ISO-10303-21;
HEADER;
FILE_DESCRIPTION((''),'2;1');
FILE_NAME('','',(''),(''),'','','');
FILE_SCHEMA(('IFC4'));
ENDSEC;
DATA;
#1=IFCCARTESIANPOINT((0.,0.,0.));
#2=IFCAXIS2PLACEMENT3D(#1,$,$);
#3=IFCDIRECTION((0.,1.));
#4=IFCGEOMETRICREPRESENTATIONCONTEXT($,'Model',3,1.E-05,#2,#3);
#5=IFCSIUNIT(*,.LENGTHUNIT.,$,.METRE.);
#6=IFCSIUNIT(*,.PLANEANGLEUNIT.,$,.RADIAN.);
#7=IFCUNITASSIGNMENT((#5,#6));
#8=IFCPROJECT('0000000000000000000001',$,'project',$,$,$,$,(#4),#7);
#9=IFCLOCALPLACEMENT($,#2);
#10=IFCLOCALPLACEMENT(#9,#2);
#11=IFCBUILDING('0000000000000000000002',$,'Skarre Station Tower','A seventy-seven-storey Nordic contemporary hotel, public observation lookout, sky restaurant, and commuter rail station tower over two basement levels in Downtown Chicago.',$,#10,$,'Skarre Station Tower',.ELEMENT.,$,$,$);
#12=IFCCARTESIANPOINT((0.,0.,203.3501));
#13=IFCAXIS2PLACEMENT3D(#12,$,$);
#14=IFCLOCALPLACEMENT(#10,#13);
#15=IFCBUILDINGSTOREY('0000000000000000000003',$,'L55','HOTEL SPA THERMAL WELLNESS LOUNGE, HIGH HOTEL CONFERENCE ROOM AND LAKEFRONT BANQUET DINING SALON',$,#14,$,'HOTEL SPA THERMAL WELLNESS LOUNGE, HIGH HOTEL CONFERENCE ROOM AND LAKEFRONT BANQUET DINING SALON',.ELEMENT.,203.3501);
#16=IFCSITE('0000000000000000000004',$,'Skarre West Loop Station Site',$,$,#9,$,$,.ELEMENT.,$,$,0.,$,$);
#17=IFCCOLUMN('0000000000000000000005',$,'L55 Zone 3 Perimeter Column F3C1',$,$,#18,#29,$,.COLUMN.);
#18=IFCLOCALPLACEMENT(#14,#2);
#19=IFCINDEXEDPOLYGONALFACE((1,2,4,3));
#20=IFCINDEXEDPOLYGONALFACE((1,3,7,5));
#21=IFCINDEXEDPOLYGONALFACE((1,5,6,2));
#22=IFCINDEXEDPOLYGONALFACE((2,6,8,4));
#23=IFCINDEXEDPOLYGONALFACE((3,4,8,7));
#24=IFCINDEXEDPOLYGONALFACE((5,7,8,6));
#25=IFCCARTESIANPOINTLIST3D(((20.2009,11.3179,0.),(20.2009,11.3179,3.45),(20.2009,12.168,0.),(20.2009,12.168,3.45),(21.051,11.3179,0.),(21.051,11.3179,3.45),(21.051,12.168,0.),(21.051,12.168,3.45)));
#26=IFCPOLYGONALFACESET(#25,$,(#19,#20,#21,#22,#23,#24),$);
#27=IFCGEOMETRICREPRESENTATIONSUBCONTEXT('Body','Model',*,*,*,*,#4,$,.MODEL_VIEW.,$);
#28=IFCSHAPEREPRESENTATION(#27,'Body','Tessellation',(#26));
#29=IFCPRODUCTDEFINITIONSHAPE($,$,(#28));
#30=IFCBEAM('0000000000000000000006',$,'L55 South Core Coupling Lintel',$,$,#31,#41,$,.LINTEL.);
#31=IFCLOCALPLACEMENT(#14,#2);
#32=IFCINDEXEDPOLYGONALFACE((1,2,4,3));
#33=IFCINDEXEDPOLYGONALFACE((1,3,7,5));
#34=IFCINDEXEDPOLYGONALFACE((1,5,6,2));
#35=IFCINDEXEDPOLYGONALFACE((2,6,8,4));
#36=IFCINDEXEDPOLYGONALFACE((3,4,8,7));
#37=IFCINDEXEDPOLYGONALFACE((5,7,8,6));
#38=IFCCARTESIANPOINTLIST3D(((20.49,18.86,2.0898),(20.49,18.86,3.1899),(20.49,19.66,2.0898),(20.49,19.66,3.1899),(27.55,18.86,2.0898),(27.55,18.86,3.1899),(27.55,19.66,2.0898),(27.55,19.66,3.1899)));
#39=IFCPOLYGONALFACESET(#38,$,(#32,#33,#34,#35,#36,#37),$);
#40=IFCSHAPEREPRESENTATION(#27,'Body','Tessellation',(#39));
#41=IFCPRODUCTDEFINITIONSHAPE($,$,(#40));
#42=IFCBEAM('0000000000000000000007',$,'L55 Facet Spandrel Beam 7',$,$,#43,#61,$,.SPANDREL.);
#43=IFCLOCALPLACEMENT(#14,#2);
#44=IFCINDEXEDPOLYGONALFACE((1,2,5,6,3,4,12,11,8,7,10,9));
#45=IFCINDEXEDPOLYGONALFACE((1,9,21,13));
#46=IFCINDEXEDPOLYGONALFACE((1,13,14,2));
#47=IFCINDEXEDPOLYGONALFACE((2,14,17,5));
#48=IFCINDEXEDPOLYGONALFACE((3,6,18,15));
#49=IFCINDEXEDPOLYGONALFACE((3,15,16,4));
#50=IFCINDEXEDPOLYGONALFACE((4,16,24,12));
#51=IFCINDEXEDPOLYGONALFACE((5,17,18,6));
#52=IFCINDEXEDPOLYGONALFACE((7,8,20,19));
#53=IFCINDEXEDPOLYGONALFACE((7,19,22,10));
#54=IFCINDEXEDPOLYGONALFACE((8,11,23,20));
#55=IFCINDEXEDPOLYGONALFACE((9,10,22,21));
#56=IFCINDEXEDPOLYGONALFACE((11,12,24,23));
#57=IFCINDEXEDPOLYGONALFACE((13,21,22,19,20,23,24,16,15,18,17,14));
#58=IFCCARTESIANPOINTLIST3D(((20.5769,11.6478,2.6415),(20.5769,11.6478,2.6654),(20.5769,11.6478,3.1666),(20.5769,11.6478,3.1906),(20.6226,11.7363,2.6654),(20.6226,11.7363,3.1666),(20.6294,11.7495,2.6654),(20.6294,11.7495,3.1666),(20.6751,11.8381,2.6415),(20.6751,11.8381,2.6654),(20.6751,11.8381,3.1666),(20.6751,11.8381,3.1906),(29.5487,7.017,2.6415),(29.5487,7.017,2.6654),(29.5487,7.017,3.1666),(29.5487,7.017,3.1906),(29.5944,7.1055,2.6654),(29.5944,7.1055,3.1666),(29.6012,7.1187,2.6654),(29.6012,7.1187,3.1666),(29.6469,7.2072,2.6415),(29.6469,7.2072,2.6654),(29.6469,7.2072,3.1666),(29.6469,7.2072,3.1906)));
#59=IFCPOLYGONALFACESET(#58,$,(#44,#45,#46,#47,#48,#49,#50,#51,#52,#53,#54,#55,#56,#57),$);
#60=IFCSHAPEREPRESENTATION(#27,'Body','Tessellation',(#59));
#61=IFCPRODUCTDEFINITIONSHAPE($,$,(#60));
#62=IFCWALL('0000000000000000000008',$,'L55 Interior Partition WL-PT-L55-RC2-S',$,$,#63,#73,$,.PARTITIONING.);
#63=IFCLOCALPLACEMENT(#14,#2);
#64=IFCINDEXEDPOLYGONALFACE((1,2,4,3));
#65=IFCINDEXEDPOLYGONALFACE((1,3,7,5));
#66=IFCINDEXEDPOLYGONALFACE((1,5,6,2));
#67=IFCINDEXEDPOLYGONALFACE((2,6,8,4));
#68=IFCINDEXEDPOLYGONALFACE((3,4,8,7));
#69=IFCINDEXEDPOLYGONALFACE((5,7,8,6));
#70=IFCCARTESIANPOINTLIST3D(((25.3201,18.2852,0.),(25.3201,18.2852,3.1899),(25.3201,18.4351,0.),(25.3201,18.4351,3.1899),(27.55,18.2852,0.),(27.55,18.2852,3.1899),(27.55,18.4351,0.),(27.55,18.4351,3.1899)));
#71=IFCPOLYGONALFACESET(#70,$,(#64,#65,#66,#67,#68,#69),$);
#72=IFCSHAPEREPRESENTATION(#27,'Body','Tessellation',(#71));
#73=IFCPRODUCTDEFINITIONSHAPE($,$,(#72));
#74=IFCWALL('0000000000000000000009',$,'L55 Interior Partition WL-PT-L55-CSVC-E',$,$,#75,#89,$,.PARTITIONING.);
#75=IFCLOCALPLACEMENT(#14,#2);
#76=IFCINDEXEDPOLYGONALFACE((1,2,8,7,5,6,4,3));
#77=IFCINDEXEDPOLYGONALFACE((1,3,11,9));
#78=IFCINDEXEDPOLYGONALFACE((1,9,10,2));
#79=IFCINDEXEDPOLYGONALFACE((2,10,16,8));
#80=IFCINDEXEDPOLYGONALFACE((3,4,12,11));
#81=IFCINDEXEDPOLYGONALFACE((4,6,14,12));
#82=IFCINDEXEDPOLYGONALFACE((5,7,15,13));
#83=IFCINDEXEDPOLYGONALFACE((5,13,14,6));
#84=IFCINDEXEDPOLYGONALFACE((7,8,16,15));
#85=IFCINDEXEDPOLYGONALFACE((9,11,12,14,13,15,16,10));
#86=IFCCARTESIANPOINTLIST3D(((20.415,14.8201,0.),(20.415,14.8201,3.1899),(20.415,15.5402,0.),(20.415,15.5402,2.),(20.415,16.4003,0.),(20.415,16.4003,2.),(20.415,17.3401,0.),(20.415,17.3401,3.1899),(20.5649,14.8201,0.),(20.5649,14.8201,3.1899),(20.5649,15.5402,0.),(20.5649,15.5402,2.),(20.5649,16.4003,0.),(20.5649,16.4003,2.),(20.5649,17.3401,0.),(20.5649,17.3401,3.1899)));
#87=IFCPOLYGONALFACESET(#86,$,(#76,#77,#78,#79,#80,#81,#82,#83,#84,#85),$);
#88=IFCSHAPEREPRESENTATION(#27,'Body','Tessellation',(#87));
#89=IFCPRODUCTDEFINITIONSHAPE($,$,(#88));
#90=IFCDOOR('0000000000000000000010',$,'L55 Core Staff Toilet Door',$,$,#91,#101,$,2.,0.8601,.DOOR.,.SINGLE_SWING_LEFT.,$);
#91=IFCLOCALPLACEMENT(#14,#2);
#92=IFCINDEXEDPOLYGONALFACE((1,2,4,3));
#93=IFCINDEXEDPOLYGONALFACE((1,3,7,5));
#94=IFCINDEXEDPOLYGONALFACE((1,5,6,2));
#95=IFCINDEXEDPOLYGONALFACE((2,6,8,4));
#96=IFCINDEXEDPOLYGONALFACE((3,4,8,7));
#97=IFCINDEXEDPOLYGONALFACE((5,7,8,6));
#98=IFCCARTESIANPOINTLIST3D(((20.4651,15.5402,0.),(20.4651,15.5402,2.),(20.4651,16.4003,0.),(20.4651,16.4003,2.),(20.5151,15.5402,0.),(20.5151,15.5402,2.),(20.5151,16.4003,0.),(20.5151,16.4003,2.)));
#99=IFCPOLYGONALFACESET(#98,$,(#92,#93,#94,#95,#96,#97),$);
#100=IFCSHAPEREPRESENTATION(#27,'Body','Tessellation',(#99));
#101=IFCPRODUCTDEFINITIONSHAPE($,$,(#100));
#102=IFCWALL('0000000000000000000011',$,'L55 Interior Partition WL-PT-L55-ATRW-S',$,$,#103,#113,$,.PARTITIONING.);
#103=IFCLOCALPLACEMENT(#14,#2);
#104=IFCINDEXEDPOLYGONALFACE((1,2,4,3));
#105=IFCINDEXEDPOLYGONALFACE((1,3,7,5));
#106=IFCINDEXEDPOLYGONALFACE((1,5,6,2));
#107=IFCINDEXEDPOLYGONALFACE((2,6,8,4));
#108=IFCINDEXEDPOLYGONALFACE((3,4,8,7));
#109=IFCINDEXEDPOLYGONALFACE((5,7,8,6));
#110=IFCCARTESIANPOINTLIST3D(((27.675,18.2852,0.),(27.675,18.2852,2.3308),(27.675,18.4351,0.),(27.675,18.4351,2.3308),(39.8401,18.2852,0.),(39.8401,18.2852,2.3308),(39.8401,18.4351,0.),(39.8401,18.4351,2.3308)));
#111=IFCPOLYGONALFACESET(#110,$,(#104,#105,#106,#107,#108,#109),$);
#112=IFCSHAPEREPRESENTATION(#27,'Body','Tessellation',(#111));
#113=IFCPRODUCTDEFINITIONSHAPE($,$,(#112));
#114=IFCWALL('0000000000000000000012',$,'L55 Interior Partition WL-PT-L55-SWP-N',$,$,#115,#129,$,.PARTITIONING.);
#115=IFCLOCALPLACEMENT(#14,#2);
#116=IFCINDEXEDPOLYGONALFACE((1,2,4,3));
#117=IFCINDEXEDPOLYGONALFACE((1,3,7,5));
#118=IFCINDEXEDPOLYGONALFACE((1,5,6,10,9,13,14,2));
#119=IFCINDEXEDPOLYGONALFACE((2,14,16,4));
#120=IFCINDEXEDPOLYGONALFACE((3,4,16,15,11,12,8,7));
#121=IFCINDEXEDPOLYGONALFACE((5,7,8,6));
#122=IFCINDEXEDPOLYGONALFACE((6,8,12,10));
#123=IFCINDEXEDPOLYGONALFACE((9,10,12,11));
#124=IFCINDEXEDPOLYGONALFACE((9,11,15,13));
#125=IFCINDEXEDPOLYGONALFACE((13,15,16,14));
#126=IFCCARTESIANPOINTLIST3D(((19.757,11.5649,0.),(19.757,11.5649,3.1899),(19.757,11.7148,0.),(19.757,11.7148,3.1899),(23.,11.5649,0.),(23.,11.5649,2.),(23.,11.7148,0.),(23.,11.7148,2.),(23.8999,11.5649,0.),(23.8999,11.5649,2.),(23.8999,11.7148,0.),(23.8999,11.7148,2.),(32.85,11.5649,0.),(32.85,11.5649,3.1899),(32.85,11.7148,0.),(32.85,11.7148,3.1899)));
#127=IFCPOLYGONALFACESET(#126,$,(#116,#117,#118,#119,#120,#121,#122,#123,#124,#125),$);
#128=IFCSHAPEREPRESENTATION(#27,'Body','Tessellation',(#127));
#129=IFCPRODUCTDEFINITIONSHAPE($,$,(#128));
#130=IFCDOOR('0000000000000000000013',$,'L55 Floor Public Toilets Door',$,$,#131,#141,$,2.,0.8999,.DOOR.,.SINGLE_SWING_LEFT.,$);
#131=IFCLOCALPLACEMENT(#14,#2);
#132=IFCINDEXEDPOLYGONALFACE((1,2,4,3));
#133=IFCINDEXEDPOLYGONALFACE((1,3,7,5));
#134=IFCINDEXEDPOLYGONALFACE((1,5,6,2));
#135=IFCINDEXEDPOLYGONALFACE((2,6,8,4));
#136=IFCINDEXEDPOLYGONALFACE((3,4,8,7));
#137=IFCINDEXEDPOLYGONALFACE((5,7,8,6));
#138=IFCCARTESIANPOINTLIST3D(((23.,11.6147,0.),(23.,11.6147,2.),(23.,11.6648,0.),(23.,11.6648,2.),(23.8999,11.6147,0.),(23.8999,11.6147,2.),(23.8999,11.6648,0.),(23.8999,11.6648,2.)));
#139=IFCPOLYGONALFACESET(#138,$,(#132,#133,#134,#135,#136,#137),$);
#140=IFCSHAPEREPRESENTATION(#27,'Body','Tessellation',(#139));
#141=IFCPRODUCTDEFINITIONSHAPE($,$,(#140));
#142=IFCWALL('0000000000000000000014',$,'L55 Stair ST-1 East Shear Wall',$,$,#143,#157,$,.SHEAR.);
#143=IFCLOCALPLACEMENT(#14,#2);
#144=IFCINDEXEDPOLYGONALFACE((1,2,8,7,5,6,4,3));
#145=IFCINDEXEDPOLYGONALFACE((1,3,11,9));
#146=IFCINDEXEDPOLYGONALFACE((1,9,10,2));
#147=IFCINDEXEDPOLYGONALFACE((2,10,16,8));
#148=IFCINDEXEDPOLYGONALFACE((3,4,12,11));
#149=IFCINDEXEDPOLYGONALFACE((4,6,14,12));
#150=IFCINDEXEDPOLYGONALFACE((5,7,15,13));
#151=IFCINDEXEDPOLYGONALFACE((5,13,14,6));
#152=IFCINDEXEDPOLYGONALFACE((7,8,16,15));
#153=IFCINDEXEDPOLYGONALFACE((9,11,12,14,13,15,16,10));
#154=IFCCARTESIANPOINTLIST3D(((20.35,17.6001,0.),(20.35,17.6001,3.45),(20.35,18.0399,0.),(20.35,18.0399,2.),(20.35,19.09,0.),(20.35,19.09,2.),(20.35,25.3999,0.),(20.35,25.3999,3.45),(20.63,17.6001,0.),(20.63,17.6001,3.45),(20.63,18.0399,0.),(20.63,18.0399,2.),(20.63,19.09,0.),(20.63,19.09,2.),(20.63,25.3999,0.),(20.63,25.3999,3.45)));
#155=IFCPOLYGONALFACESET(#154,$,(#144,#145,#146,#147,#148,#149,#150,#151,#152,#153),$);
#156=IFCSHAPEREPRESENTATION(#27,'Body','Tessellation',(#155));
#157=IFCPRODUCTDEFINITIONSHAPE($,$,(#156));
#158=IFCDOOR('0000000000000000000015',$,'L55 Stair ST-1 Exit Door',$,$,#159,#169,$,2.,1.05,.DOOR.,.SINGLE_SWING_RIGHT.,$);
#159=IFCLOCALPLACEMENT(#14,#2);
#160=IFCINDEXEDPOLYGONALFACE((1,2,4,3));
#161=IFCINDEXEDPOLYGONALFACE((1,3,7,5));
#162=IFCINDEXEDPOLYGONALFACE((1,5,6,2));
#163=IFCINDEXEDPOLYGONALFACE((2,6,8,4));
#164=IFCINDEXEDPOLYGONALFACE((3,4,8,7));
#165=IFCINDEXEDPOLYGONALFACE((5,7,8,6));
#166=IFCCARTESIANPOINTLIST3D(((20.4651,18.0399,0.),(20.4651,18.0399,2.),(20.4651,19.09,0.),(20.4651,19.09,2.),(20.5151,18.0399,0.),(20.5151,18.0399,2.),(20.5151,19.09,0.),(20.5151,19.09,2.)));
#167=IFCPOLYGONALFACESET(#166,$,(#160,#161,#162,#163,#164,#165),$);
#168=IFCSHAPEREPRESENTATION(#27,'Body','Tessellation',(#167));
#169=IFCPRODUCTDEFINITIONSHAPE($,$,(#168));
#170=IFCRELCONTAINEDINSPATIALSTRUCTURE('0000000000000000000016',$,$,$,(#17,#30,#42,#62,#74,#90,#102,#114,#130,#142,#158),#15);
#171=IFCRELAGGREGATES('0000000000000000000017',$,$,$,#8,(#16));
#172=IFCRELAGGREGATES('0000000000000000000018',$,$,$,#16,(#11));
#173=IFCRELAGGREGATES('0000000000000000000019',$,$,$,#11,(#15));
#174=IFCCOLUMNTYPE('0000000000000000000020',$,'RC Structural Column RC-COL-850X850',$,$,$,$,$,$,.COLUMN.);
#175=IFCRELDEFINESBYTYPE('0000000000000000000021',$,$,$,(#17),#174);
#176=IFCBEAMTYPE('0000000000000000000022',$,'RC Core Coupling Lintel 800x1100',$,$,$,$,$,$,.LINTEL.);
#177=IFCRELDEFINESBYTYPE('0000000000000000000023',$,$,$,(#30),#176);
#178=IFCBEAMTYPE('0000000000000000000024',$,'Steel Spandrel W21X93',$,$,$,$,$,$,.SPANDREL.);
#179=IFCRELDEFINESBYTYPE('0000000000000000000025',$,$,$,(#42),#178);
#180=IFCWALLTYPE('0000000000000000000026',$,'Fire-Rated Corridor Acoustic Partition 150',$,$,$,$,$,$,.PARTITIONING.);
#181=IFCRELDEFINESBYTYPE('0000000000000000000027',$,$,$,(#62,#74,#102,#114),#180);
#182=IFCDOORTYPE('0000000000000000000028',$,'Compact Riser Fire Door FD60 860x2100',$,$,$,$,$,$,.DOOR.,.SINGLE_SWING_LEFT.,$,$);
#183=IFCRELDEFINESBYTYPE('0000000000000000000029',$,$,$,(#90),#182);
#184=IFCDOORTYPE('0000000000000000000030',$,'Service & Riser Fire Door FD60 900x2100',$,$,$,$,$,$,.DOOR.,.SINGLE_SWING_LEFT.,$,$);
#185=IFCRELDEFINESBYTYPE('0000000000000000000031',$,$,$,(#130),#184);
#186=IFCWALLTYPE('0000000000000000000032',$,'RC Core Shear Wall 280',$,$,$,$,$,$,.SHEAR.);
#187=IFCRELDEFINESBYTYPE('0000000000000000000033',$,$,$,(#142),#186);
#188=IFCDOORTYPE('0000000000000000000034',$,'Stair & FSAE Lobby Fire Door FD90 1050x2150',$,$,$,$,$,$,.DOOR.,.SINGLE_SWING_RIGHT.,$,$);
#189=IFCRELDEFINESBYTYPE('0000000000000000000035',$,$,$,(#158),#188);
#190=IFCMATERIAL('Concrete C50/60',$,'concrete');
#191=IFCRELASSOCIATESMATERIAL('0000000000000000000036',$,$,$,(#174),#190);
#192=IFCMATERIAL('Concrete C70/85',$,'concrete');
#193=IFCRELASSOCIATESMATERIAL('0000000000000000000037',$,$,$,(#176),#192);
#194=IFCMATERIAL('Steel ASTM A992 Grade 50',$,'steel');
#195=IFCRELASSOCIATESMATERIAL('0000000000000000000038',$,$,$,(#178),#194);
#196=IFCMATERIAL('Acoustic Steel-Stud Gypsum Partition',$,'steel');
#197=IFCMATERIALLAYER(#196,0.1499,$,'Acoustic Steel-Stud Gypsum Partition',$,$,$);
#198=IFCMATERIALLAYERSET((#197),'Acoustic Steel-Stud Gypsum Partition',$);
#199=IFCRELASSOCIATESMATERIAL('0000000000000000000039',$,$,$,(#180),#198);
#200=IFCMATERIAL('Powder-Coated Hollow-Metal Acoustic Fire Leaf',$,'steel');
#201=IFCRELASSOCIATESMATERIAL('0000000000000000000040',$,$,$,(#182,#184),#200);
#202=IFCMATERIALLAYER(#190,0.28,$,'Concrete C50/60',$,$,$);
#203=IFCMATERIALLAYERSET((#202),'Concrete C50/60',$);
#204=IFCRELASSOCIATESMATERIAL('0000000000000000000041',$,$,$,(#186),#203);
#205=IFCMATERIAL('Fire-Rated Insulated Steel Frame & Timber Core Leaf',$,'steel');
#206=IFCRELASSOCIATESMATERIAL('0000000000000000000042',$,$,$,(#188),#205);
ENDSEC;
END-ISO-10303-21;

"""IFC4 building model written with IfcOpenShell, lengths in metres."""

from ifc_helpers import new_model, si_unit, direction, frame, frame_2d, origin, origin_2d, place, context, subcontext, project, spatial, rectangle, i_section, extrude, material, layer, layer_set, material_profile, profile_set, type_object, element, fill, save


model = new_model("IFC4")

# Units and contexts
model_context = context("Model", 3, precision=1e-05, world=origin(), true_north=direction((0.0, 1.0)))
body_context = subcontext(model_context, "Body", "Model", "MODEL_VIEW")
ifc_project = project(units=[si_unit("LENGTHUNIT", "METRE"), si_unit("PLANEANGLEUNIT", "RADIAN")], contexts=[model_context])

# Site, building, storey
site_placement = place(None, origin())
site = spatial("IfcSite", under=ifc_project, at=site_placement, Name="Skarre West Loop Station Site", CompositionType="ELEMENT", RefElevation=0.0)
building_placement = place(site_placement, origin())
building = spatial("IfcBuilding", under=site, at=building_placement, Name="Skarre Station Tower", Description="A seventy-seven-storey Nordic contemporary hotel, public observation lookout, sky restaurant, and commuter rail station tower over two basement levels in Downtown Chicago.", LongName="Skarre Station Tower", CompositionType="ELEMENT")
storey_placement = place(building_placement, frame((0.0, 0.0, 203.3501)))
storey = spatial("IfcBuildingStorey", under=building, at=storey_placement, Name="L55", Description="HOTEL SPA THERMAL WELLNESS LOUNGE, HIGH HOTEL CONFERENCE ROOM AND LAKEFRONT BANQUET DINING SALON", LongName="HOTEL SPA THERMAL WELLNESS LOUNGE, HIGH HOTEL CONFERENCE ROOM AND LAKEFRONT BANQUET DINING SALON", CompositionType="ELEMENT", Elevation=203.3501)

# Column
ifc_material_1 = material(Name="Concrete C50/60", Category="concrete")
ifc_material_profile_1 = material_profile(ifc_material_1, rectangle(XDim=0.8501, YDim=0.8501, at=origin_2d()), Name="Concrete C50/60")
ifc_profile_set_1 = profile_set([ifc_material_profile_1], Name="Concrete C50/60")
column_type = type_object("IfcColumnType", Name="RC Structural Column RC-COL-850X850", PredefinedType="COLUMN", material=ifc_profile_set_1)
column_placement = place(storey_placement, frame((20.626, 11.7429, 0.0), z_axis=(0.0, 0.0, 1.0), x_axis=(1.0, 0.0, 0.0)))
element("IfcColumn", 1, at=column_placement, inside=storey, type_object=column_type, Name="L55 Zone 3 Perimeter Column F3C1", PredefinedType="COLUMN", context=body_context, shape_type="SweptSolid", body=[
    extrude(rectangle(XDim=0.8501, YDim=0.8501, at=origin_2d()), origin(), (0.0, 0.0, 1.0), 3.45),
])

# Beams
ifc_material_2 = material(Name="Concrete C70/85", Category="concrete")
ifc_material_profile_2 = material_profile(ifc_material_2, rectangle(XDim=0.8, YDim=1.1001, at=origin_2d()), Name="Concrete C70/85")
ifc_profile_set_2 = profile_set([ifc_material_profile_2], Name="Concrete C70/85")
beam_type_1 = type_object("IfcBeamType", Name="RC Core Coupling Lintel 800x1100", PredefinedType="LINTEL", material=ifc_profile_set_2)
beam_1_placement = place(storey_placement, frame((20.49, 19.26, 2.6399), z_axis=(1.0, 0.0, 0.0), x_axis=(0.0, 1.0, 0.0)))
element("IfcBeam", 2, at=beam_1_placement, inside=storey, type_object=beam_type_1, Name="L55 South Core Coupling Lintel", PredefinedType="LINTEL", context=body_context, shape_type="SweptSolid", body=[
    extrude(rectangle(XDim=0.8, YDim=1.1001, at=origin_2d()), origin(), (0.0, 0.0, 1.0), 7.0601),
])
ifc_material_3 = material(Name="Steel ASTM A992 Grade 50", Category="steel")
ifc_material_profile_3 = material_profile(ifc_material_3, i_section(OverallWidth=0.2141, OverallDepth=0.5491, WebThickness=0.0149, FlangeThickness=0.0239, at=origin_2d()), Name="Steel ASTM A992 Grade 50")
ifc_profile_set_3 = profile_set([ifc_material_profile_3], Name="Steel ASTM A992 Grade 50")
beam_type_2 = type_object("IfcBeamType", Name="Steel Spandrel W21X93", PredefinedType="SPANDREL", material=ifc_profile_set_3)
beam_2_placement = place(storey_placement, frame((20.626, 11.7429, 2.916), z_axis=(0.888613, -0.458658, 0.0), x_axis=(0.458658, 0.888613, 0.0)))
element("IfcBeam", 3, at=beam_2_placement, inside=storey, type_object=beam_type_2, Name="L55 Facet Spandrel Beam 7", PredefinedType="SPANDREL", context=body_context, shape_type="SweptSolid", body=[
    extrude(i_section(OverallWidth=0.2141, OverallDepth=0.5491, WebThickness=0.0149, FlangeThickness=0.0239, at=origin_2d()), origin(), (0.0, 0.0, 1.0), 10.0964),
])

# Wall
ifc_material_4 = material(Name="Acoustic Steel-Stud Gypsum Partition", Category="steel")
ifc_layer_1 = layer(ifc_material_4, 0.1499, Name="Acoustic Steel-Stud Gypsum Partition")
ifc_layer_set_1 = layer_set([ifc_layer_1], Name="Acoustic Steel-Stud Gypsum Partition")
wall_type_1 = type_object("IfcWallType", Name="Fire-Rated Corridor Acoustic Partition 150", PredefinedType="PARTITIONING", material=ifc_layer_set_1)
wall_1_placement = place(storey_placement, frame((25.3201, 18.3601, 0.0), z_axis=(0.0, 0.0, 1.0), x_axis=(1.0, 0.0, 0.0)))
element("IfcWall", 4, at=wall_1_placement, inside=storey, type_object=wall_type_1, Name="L55 Interior Partition WL-PT-L55-RC2-S", PredefinedType="PARTITIONING", context=body_context, shape_type="SweptSolid", body=[
    extrude(rectangle(XDim=2.23, YDim=0.1499, at=frame_2d((1.115, 0.0))), origin(), (0.0, 0.0, 1.0), 3.1899),
])

# Wall, opening, door
wall_2_placement = place(storey_placement, frame((20.49, 14.8201, 0.0), z_axis=(0.0, 0.0, 1.0), x_axis=(0.0, 1.0, 0.0)))
wall_2 = element("IfcWall", 5, at=wall_2_placement, inside=storey, type_object=wall_type_1, Name="L55 Interior Partition WL-PT-L55-CSVC-E", PredefinedType="PARTITIONING", context=body_context, shape_type="SweptSolid", body=[
    extrude(rectangle(XDim=2.52, YDim=0.1499, at=frame_2d((1.26, 0.0))), origin(), (0.0, 0.0, 1.0), 3.1899),
])
opening_1_placement = place(wall_2_placement, frame((0.72, 0.0, 0.0)))
opening_1 = element("IfcOpeningElement", 6, at=opening_1_placement, cuts=wall_2, PredefinedType="OPENING", context=body_context, shape_type="SweptSolid", body=[
    extrude(rectangle(XDim=0.8601, YDim=2.0, at=frame_2d((0.4302, 1.0))), frame((0.0, 0.085, 0.0), z_axis=(0.0, -1.0, 0.0), x_axis=(1.0, 0.0, 0.0)), (0.0, 0.0, 1.0), 0.1699),
])
ifc_material_5 = material(Name="Powder-Coated Hollow-Metal Acoustic Fire Leaf", Category="steel")
door_type_1 = type_object("IfcDoorType", Name="Compact Riser Fire Door FD60 860x2100", OperationType="SINGLE_SWING_LEFT", PredefinedType="DOOR", material=ifc_material_5)
door_1_placement = place(opening_1_placement, origin())
door_1 = element("IfcDoor", 7, at=door_1_placement, inside=storey, type_object=door_type_1, Name="L55 Core Staff Toilet Door", OperationType="SINGLE_SWING_LEFT", OverallHeight=2.0, OverallWidth=0.8601, PredefinedType="DOOR", context=body_context, shape_type="SweptSolid", body=[
    extrude(rectangle(XDim=0.8601, YDim=2.0, at=frame_2d((0.4302, 1.0))), frame((0.0, 0.0249, 0.0), z_axis=(0.0, -1.0, 0.0), x_axis=(1.0, 0.0, 0.0)), (0.0, 0.0, 1.0), 0.05),
])
fill(opening_1, door_1)

# Wall
wall_3_placement = place(storey_placement, frame((27.675, 18.3601, 0.0), z_axis=(0.0, 0.0, 1.0), x_axis=(1.0, 0.0, 0.0)))
element("IfcWall", 8, at=wall_3_placement, inside=storey, type_object=wall_type_1, Name="L55 Interior Partition WL-PT-L55-ATRW-S", PredefinedType="PARTITIONING", context=body_context, shape_type="SweptSolid", body=[
    extrude(rectangle(XDim=12.165, YDim=0.1499, at=frame_2d((6.0825, 0.0))), origin(), (0.0, 0.0, 1.0), 2.3308),
])

# Walls, openings, doors
wall_4_placement = place(storey_placement, frame((19.7571, 11.6399, 0.0), z_axis=(0.0, 0.0, 1.0), x_axis=(1.0, 0.0, 0.0)))
wall_4 = element("IfcWall", 9, at=wall_4_placement, inside=storey, type_object=wall_type_1, Name="L55 Interior Partition WL-PT-L55-SWP-N", PredefinedType="PARTITIONING", context=body_context, shape_type="SweptSolid", body=[
    extrude(rectangle(XDim=13.093, YDim=0.1499, at=frame_2d((6.5464, 0.0))), origin(), (0.0, 0.0, 1.0), 3.1899),
])
opening_2_placement = place(wall_4_placement, frame((3.2429, 0.0, 0.0)))
opening_2 = element("IfcOpeningElement", 10, at=opening_2_placement, cuts=wall_4, PredefinedType="OPENING", context=body_context, shape_type="SweptSolid", body=[
    extrude(rectangle(XDim=0.8999, YDim=2.0, at=frame_2d((0.45, 1.0))), frame((0.0, 0.085, 0.0), z_axis=(0.0, -1.0, 0.0), x_axis=(1.0, 0.0, 0.0)), (0.0, 0.0, 1.0), 0.1699),
])
door_type_2 = type_object("IfcDoorType", Name="Service & Riser Fire Door FD60 900x2100", OperationType="SINGLE_SWING_LEFT", PredefinedType="DOOR", material=ifc_material_5)
door_2_placement = place(opening_2_placement, origin())
door_2 = element("IfcDoor", 11, at=door_2_placement, inside=storey, type_object=door_type_2, Name="L55 Floor Public Toilets Door", OperationType="SINGLE_SWING_LEFT", OverallHeight=2.0, OverallWidth=0.8999, PredefinedType="DOOR", context=body_context, shape_type="SweptSolid", body=[
    extrude(rectangle(XDim=0.8999, YDim=2.0, at=frame_2d((0.45, 1.0))), frame((0.0, 0.0249, 0.0), z_axis=(0.0, -1.0, 0.0), x_axis=(1.0, 0.0, 0.0)), (0.0, 0.0, 1.0), 0.05),
])
fill(opening_2, door_2)
ifc_layer_2 = layer(ifc_material_1, 0.28, Name="Concrete C50/60")
ifc_layer_set_2 = layer_set([ifc_layer_2], Name="Concrete C50/60")
wall_type_2 = type_object("IfcWallType", Name="RC Core Shear Wall 280", PredefinedType="SHEAR", material=ifc_layer_set_2)
wall_5_placement = place(storey_placement, frame((20.49, 17.6001, 0.0), z_axis=(0.0, 0.0, 1.0), x_axis=(0.0, 1.0, 0.0)))
wall_5 = element("IfcWall", 12, at=wall_5_placement, inside=storey, type_object=wall_type_2, Name="L55 Stair ST-1 East Shear Wall", PredefinedType="SHEAR", context=body_context, shape_type="SweptSolid", body=[
    extrude(rectangle(XDim=7.7998, YDim=0.28, at=frame_2d((3.8999, 0.0))), origin(), (0.0, 0.0, 1.0), 3.45),
])
opening_3_placement = place(wall_5_placement, frame((0.4399, 0.0, 0.0)))
opening_3 = element("IfcOpeningElement", 13, at=opening_3_placement, cuts=wall_5, PredefinedType="OPENING", context=body_context, shape_type="SweptSolid", body=[
    extrude(rectangle(XDim=1.05, YDim=2.0, at=frame_2d((0.5249, 1.0))), frame((0.0, 0.1499, 0.0), z_axis=(0.0, -1.0, 0.0), x_axis=(1.0, 0.0, 0.0)), (0.0, 0.0, 1.0), 0.3),
])
ifc_material_6 = material(Name="Fire-Rated Insulated Steel Frame & Timber Core Leaf", Category="steel")
door_type_3 = type_object("IfcDoorType", Name="Stair & FSAE Lobby Fire Door FD90 1050x2150", OperationType="SINGLE_SWING_RIGHT", PredefinedType="DOOR", material=ifc_material_6)
door_3_placement = place(opening_3_placement, origin())
door_3 = element("IfcDoor", 14, at=door_3_placement, inside=storey, type_object=door_type_3, Name="L55 Stair ST-1 Exit Door", OperationType="SINGLE_SWING_RIGHT", OverallHeight=2.0, OverallWidth=1.05, PredefinedType="DOOR", context=body_context, shape_type="SweptSolid", body=[
    extrude(rectangle(XDim=1.05, YDim=2.0, at=frame_2d((0.5249, 1.0))), frame((0.0, 0.0249, 0.0), z_axis=(0.0, -1.0, 0.0), x_axis=(1.0, 0.0, 0.0)), (0.0, 0.0, 1.0), 0.05),
])
fill(opening_3, door_3)

save(model, "model.ifc")
